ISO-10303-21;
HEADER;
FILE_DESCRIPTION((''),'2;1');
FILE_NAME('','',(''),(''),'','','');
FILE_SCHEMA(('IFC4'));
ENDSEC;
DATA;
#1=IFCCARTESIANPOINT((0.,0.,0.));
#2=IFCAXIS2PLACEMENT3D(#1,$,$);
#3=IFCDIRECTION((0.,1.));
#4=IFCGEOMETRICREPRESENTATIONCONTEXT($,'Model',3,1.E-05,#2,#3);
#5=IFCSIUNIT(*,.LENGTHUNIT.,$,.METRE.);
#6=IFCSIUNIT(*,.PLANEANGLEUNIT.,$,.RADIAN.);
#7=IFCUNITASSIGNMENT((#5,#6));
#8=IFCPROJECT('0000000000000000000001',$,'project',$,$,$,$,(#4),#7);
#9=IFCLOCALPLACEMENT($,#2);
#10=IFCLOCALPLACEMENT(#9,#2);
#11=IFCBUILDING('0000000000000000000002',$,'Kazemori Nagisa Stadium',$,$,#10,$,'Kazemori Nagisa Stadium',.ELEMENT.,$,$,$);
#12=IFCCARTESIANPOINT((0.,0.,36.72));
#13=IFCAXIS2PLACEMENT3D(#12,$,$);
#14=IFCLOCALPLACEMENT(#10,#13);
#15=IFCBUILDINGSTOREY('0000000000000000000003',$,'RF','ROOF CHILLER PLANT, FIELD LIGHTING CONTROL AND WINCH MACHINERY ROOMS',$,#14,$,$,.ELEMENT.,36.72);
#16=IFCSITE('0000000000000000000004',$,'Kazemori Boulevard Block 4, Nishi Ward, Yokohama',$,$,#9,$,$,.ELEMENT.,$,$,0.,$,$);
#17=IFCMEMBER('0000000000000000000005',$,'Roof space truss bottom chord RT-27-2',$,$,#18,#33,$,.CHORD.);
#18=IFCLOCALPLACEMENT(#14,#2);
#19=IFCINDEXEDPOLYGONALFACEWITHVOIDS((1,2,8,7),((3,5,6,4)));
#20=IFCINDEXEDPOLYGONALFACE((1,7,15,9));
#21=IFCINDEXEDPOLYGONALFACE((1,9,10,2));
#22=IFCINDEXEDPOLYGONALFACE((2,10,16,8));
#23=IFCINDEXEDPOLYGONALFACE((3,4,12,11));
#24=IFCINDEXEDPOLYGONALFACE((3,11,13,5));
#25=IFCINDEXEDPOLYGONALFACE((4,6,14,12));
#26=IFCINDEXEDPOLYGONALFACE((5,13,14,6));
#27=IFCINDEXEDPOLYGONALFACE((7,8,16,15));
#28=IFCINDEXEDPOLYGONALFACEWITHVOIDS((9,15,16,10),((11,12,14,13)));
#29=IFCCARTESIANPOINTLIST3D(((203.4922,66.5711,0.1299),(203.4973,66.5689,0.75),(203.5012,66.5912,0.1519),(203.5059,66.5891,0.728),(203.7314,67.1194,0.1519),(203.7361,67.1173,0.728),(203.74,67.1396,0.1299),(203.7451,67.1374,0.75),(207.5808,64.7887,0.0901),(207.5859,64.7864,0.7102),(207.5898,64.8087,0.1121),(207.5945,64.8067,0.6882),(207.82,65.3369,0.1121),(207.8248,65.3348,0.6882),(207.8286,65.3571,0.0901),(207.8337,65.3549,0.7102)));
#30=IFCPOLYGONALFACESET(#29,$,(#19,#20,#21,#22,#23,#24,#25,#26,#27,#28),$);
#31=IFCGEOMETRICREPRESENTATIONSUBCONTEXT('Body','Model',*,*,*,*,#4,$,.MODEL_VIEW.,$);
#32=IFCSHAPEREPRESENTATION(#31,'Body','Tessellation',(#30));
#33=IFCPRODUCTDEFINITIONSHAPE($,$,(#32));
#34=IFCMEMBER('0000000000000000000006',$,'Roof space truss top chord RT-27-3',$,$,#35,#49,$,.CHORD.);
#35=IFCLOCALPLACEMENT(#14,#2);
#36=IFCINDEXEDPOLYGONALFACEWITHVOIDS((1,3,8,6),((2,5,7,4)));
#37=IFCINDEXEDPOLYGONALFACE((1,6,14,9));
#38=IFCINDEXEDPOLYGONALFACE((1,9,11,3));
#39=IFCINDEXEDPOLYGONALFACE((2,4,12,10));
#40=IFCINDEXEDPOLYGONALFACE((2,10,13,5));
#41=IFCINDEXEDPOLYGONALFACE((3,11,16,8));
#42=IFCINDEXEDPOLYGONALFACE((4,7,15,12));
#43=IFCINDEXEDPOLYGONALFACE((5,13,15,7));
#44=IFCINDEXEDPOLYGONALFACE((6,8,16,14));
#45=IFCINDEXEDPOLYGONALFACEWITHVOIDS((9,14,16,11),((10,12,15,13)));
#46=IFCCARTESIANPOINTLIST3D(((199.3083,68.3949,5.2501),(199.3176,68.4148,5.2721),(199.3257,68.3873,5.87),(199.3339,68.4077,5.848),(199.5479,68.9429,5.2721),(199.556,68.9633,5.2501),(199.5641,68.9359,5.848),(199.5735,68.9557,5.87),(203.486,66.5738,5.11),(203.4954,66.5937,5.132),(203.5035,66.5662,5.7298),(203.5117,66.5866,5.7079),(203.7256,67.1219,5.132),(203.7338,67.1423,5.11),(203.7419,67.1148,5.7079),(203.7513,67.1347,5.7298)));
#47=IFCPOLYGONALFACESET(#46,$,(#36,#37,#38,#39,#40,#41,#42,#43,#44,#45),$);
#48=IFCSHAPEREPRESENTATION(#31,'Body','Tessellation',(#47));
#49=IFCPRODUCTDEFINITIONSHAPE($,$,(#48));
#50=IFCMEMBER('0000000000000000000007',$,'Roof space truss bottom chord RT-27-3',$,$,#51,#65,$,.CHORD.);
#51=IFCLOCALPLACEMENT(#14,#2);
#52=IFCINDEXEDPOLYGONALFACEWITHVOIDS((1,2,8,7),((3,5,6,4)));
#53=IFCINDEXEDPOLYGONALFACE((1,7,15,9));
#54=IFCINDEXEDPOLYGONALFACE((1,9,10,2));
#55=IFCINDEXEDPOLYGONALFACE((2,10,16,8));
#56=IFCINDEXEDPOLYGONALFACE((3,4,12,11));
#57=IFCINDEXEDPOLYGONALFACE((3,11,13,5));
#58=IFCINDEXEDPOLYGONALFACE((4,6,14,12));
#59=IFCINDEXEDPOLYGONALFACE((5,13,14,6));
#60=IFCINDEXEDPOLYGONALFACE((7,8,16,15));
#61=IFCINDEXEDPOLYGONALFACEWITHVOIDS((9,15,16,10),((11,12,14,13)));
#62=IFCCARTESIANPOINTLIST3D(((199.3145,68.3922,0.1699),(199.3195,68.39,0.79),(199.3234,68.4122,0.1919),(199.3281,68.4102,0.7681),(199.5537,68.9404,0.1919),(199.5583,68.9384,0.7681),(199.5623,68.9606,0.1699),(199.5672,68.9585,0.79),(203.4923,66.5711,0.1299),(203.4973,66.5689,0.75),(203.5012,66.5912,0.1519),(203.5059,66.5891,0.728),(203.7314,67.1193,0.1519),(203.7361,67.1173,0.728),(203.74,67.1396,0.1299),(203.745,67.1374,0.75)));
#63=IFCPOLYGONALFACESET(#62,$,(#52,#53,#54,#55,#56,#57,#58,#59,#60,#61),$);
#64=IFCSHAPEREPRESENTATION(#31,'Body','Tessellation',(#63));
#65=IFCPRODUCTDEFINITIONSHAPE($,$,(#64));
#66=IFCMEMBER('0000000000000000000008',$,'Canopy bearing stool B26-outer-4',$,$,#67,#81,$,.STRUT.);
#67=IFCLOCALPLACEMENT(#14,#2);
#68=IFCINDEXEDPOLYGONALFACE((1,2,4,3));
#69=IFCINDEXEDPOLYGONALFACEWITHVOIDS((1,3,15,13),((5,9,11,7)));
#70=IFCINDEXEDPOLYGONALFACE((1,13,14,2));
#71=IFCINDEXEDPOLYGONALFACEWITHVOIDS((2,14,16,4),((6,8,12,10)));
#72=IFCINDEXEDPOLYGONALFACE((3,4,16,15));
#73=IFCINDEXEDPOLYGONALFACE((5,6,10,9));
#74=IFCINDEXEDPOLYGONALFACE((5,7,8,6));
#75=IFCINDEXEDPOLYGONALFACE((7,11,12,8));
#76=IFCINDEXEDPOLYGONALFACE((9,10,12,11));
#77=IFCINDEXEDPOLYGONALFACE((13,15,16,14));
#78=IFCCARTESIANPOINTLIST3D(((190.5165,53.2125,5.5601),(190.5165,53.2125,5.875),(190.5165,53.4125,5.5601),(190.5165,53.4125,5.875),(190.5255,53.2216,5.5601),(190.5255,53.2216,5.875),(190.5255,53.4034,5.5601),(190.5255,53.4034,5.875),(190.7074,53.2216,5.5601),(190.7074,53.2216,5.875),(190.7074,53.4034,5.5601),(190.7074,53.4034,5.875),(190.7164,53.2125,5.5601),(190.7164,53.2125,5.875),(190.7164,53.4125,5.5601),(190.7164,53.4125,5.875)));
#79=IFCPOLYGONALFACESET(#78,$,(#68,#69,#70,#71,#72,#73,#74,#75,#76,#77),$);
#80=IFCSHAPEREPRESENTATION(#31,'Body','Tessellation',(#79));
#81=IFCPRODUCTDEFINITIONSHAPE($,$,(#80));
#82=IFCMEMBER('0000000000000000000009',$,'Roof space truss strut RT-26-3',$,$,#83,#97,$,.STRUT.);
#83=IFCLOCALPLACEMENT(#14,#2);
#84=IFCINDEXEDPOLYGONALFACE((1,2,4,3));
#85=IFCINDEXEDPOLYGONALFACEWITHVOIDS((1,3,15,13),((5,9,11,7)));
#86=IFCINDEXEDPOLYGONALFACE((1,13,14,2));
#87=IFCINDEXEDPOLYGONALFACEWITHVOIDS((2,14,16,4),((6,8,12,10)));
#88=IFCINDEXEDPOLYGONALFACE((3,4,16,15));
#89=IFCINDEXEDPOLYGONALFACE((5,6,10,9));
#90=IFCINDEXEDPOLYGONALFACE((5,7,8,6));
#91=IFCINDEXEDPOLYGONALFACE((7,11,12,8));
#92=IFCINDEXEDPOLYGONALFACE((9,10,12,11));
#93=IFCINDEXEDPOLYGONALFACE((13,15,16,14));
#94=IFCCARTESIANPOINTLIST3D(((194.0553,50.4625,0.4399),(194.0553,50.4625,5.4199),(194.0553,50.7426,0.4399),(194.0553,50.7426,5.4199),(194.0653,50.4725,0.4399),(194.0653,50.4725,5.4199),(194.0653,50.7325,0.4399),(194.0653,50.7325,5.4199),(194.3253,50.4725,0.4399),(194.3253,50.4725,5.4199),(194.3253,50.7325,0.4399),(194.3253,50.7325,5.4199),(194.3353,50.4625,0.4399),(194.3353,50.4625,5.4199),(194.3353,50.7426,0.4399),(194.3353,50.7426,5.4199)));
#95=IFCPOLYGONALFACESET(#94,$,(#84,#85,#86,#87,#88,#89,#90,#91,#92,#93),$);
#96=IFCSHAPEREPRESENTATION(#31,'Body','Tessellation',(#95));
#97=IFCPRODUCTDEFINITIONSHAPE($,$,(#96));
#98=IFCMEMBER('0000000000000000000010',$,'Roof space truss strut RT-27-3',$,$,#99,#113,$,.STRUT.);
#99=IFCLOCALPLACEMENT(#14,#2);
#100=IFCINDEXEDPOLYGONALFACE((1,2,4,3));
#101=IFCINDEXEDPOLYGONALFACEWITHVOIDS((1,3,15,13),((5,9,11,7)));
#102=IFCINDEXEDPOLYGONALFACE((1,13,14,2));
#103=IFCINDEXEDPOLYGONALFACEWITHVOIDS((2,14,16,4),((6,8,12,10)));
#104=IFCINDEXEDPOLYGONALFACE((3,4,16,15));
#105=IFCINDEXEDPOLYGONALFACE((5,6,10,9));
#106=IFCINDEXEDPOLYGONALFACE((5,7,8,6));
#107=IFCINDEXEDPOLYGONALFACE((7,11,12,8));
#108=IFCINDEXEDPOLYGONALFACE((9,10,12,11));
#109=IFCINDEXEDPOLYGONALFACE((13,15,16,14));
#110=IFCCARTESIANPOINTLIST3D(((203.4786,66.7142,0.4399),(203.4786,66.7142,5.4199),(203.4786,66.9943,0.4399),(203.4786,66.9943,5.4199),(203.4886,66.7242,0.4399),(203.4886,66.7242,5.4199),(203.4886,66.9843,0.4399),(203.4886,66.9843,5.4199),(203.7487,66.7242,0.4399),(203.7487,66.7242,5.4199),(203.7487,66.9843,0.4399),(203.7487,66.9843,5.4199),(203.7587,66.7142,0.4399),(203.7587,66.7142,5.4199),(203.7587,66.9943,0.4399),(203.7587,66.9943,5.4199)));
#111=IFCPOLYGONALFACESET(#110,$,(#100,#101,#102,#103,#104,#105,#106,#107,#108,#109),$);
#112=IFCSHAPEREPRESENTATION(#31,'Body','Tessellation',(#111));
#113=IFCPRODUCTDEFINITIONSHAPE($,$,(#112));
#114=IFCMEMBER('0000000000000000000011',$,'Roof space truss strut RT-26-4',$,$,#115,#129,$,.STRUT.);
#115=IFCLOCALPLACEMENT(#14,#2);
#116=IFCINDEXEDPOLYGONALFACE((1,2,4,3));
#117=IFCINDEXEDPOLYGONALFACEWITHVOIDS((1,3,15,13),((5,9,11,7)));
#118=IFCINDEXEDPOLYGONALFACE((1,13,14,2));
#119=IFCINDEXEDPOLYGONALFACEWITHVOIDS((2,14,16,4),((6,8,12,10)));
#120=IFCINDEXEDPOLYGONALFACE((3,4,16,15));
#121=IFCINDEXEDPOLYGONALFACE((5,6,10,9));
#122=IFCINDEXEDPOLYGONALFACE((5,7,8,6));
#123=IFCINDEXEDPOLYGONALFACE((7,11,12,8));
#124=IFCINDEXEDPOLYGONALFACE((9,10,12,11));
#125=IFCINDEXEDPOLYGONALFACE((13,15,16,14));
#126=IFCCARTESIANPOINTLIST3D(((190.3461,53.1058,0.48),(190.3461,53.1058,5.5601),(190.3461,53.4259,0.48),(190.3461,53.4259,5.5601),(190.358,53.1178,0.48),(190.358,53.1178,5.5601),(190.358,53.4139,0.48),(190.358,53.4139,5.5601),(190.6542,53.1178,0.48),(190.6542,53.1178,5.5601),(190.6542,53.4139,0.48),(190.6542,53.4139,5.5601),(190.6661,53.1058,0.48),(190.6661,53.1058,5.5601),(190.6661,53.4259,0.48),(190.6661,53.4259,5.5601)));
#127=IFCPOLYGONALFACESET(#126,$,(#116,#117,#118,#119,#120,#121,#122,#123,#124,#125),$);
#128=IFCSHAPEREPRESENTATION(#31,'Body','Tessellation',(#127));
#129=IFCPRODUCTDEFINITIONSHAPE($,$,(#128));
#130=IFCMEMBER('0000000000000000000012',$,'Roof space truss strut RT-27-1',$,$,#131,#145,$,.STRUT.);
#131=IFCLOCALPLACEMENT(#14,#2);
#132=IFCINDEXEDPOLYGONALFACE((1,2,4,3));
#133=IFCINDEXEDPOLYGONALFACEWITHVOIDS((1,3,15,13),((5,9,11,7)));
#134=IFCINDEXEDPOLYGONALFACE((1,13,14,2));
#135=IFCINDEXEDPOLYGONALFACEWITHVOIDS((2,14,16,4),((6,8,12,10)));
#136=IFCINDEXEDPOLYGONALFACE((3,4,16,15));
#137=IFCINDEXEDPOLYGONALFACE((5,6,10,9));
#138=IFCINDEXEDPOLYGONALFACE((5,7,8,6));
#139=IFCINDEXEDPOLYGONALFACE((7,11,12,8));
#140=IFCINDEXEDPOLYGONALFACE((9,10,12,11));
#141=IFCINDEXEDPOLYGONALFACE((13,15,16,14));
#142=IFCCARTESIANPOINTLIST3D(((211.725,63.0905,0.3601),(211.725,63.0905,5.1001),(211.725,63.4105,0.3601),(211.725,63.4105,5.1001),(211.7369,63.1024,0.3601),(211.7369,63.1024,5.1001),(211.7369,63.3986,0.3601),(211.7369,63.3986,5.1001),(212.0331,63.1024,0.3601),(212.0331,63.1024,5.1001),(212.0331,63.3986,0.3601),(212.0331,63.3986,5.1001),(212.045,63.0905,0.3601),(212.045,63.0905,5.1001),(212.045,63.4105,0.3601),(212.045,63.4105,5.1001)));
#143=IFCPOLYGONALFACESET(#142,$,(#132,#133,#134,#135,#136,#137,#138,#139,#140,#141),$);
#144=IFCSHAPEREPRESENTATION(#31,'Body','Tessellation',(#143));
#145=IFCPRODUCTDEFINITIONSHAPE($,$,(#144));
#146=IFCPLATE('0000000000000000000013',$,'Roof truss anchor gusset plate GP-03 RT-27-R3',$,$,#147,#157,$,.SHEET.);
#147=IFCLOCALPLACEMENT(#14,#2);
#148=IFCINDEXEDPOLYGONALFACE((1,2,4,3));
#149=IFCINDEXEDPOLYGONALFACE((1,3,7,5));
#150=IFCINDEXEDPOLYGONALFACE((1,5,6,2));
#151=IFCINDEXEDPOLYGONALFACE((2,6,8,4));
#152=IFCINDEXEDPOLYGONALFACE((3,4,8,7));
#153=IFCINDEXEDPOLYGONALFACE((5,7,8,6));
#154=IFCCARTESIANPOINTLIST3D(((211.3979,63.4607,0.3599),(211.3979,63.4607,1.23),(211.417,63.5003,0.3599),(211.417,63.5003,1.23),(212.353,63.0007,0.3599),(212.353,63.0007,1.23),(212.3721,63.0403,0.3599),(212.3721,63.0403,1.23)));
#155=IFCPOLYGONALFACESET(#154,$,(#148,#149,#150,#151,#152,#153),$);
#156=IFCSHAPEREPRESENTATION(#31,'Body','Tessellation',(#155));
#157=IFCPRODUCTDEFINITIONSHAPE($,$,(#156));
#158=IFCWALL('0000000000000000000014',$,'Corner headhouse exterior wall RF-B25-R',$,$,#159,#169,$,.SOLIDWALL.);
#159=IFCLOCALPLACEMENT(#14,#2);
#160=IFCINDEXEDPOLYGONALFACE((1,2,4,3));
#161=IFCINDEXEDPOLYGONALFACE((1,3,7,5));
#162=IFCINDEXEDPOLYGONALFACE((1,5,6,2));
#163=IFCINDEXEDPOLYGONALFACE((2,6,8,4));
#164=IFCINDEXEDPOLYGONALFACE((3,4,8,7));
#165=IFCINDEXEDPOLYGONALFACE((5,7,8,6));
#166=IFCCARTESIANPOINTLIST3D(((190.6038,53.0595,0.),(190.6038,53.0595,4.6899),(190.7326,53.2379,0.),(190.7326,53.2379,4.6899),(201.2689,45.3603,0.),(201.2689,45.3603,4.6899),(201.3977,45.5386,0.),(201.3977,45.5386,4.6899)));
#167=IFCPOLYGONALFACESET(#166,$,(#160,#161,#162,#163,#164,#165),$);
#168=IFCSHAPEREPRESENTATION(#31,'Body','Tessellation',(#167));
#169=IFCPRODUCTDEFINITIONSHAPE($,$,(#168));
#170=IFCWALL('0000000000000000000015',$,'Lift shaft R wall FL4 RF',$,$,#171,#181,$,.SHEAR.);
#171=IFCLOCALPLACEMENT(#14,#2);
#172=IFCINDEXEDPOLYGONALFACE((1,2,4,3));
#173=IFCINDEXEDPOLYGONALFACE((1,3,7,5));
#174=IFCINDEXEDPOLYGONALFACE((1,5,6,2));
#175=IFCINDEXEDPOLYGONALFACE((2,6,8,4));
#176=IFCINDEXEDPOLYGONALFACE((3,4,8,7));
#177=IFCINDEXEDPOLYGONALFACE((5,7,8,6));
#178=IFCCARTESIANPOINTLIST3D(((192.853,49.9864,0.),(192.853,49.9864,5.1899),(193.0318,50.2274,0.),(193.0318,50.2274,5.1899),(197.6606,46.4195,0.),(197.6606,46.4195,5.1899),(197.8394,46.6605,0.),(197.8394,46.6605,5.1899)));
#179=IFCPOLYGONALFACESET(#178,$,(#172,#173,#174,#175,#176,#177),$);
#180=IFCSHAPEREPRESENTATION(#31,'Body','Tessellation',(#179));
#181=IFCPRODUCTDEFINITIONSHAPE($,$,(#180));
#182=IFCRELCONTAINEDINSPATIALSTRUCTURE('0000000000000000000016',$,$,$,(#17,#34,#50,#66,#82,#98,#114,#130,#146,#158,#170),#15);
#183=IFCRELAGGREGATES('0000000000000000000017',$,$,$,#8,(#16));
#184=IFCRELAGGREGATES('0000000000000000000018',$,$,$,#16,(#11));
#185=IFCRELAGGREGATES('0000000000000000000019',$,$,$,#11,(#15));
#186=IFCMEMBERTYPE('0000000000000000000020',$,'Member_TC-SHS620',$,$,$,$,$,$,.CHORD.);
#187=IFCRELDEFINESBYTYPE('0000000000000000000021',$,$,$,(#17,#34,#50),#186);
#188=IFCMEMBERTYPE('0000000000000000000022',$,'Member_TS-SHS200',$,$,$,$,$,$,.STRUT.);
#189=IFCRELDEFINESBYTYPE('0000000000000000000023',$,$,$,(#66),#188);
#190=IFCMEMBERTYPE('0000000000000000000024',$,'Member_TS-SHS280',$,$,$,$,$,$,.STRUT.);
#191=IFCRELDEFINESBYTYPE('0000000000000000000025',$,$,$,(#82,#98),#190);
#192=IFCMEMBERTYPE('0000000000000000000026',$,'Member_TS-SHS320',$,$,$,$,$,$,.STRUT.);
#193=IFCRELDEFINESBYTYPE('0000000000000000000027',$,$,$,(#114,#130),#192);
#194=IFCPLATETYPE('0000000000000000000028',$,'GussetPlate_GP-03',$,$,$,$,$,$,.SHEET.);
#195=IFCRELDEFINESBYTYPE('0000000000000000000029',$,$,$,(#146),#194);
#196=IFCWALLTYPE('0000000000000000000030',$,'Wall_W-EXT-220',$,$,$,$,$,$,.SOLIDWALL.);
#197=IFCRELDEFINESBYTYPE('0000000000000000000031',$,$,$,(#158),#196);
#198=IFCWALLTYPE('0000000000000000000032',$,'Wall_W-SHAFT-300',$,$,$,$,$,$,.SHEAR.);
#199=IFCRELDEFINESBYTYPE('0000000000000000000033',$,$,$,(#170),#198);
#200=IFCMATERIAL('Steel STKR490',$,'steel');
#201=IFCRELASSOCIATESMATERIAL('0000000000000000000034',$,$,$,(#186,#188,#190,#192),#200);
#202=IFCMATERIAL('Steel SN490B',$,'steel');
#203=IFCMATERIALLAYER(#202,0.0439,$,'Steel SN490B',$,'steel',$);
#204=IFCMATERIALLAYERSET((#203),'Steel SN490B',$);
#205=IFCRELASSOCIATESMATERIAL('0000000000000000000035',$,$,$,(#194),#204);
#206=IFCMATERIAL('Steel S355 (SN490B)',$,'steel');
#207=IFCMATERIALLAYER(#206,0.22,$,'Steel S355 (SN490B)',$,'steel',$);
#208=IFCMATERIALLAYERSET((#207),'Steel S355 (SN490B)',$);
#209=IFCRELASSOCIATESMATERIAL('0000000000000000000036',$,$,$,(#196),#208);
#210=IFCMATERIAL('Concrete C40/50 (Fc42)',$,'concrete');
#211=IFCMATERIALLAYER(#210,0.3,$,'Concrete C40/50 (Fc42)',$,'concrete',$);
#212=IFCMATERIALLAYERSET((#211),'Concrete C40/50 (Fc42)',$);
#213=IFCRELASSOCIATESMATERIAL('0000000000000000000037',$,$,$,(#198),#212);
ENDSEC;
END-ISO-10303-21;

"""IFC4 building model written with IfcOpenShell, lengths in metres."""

from ifc_helpers import new_model, si_unit, direction, frame, frame_2d, origin, origin_2d, place, context, subcontext, project, spatial, rectangle, hollow_rectangle, extrude, material, layer, layer_set, material_profile, profile_set, type_object, element, save


model = new_model("IFC4")

# Units and contexts
model_context = context("Model", 3, precision=1e-05, world=origin(), true_north=direction((0.0, 1.0)))
body_context = subcontext(model_context, "Body", "Model", "MODEL_VIEW")
ifc_project = project(units=[si_unit("LENGTHUNIT", "METRE"), si_unit("PLANEANGLEUNIT", "RADIAN")], contexts=[model_context])

# Site, building, storey
site_placement = place(None, origin())
site = spatial("IfcSite", under=ifc_project, at=site_placement, Name="Kazemori Boulevard Block 4, Nishi Ward, Yokohama", CompositionType="ELEMENT", RefElevation=0.0)
building_placement = place(site_placement, origin())
building = spatial("IfcBuilding", under=site, at=building_placement, Name="Kazemori Nagisa Stadium", LongName="Kazemori Nagisa Stadium", CompositionType="ELEMENT")
storey_placement = place(building_placement, frame((0.0, 0.0, 36.72)))
storey = spatial("IfcBuildingStorey", under=building, at=storey_placement, Name="RF", Description="ROOF CHILLER PLANT, FIELD LIGHTING CONTROL AND WINCH MACHINERY ROOMS", CompositionType="ELEMENT", Elevation=36.72)

# Shared definitions
ifc_material_1 = material(Name="Steel SN490B", Category="steel")

# Members
ifc_material_2 = material(Name="Steel STKR490", Category="steel")
ifc_material_profile_1 = material_profile(ifc_material_2, hollow_rectangle(XDim=0.6201, YDim=0.6201, WallThickness=0.022, at=origin_2d()), Name="SHS-620x620x22")
ifc_profile_set_1 = profile_set([ifc_material_profile_1], Name="Steel STKR490")
member_type_1 = type_object("IfcMemberType", Name="Member_TC-SHS620", PredefinedType="CHORD", material=ifc_profile_set_1)
member_1_placement = place(storey_placement, frame((207.7073, 65.0718, 0.4001), z_axis=(-0.916639, 0.399617, 0.008922), x_axis=(-0.399633, -0.916675, 0.0)))
element("IfcMember", 1, at=member_1_placement, inside=storey, type_object=member_type_1, Name="Roof space truss bottom chord RT-27-2", PredefinedType="CHORD", context=body_context, shape_type="SweptSolid", body=[
    extrude(hollow_rectangle(XDim=0.6201, YDim=0.6201, WallThickness=0.022, at=origin_2d()), origin(), (0.0, 0.0, 1.0), 4.4604),
])
member_2_placement = place(storey_placement, frame((203.6187, 66.8542, 5.4199), z_axis=(-0.916264, 0.399393, 0.030735), x_axis=(-0.399582, -0.916697, 0.0)))
element("IfcMember", 2, at=member_2_placement, inside=storey, type_object=member_type_1, Name="Roof space truss top chord RT-27-3", PredefinedType="CHORD", context=body_context, shape_type="SweptSolid", body=[
    extrude(hollow_rectangle(XDim=0.6201, YDim=0.6201, WallThickness=0.022, at=origin_2d()), origin(), (0.0, 0.0, 1.0), 4.5596),
])
member_3_placement = place(storey_placement, frame((203.6187, 66.8542, 0.4399), z_axis=(-0.916662, 0.399567, 0.008785), x_axis=(-0.399582, -0.916697, 0.0)))
element("IfcMember", 3, at=member_3_placement, inside=storey, type_object=member_type_1, Name="Roof space truss bottom chord RT-27-3", PredefinedType="CHORD", context=body_context, shape_type="SweptSolid", body=[
    extrude(hollow_rectangle(XDim=0.6201, YDim=0.6201, WallThickness=0.022, at=origin_2d()), origin(), (0.0, 0.0, 1.0), 4.5576),
])
ifc_material_profile_2 = material_profile(ifc_material_2, hollow_rectangle(XDim=0.2, YDim=0.2, WallThickness=0.009, at=origin_2d()), Name="SHS-200x200x9")
ifc_profile_set_2 = profile_set([ifc_material_profile_2], Name="Steel STKR490")
member_type_2 = type_object("IfcMemberType", Name="Member_TS-SHS200", PredefinedType="STRUT", material=ifc_profile_set_2)
member_4_placement = place(storey_placement, frame((190.6165, 53.3125, 5.5601), z_axis=(0.0, 0.0, 1.0), x_axis=(1.0, 0.0, 0.0)))
element("IfcMember", 4, at=member_4_placement, inside=storey, type_object=member_type_2, Name="Canopy bearing stool B26-outer-4", PredefinedType="STRUT", context=body_context, shape_type="SweptSolid", body=[
    extrude(hollow_rectangle(XDim=0.2, YDim=0.2, WallThickness=0.009, at=origin_2d()), origin(), (0.0, 0.0, 1.0), 0.3149),
])
ifc_material_profile_3 = material_profile(ifc_material_2, hollow_rectangle(XDim=0.28, YDim=0.28, WallThickness=0.01, at=origin_2d()), Name="SHS-280x280x10")
ifc_profile_set_3 = profile_set([ifc_material_profile_3], Name="Steel STKR490")
member_type_3 = type_object("IfcMemberType", Name="Member_TS-SHS280", PredefinedType="STRUT", material=ifc_profile_set_3)
for number, where, z_axis, x_axis, name in (
    (5, (194.1953, 50.6025, 0.4399), (0.0, 0.0, 1.0), (1.0, 0.0, 0.0), "Roof space truss strut RT-26-3"),
    (6, (203.6187, 66.8542, 0.4399), (0.0, 0.0, 1.0), (1.0, 0.0, 0.0), "Roof space truss strut RT-27-3"),
):
    element("IfcMember", number, at=place(storey_placement, frame(where, z_axis=z_axis, x_axis=x_axis)), inside=storey, type_object=member_type_3, Name=name, PredefinedType="STRUT", context=body_context, shape_type="SweptSolid", body=[
        extrude(hollow_rectangle(XDim=0.28, YDim=0.28, WallThickness=0.01, at=origin_2d()), origin(), (0.0, 0.0, 1.0), 4.98),
    ])
ifc_material_profile_4 = material_profile(ifc_material_2, hollow_rectangle(XDim=0.3201, YDim=0.3201, WallThickness=0.012, at=origin_2d()), Name="SHS-320x320x12")
ifc_profile_set_4 = profile_set([ifc_material_profile_4], Name="Steel STKR490")
member_type_4 = type_object("IfcMemberType", Name="Member_TS-SHS320", PredefinedType="STRUT", material=ifc_profile_set_4)
member_5_placement = place(storey_placement, frame((190.5061, 53.2659, 0.48), z_axis=(0.0, 0.0, 1.0), x_axis=(1.0, 0.0, 0.0)))
element("IfcMember", 7, at=member_5_placement, inside=storey, type_object=member_type_4, Name="Roof space truss strut RT-26-4", PredefinedType="STRUT", context=body_context, shape_type="SweptSolid", body=[
    extrude(hollow_rectangle(XDim=0.3201, YDim=0.3201, WallThickness=0.012, at=origin_2d()), origin(), (0.0, 0.0, 1.0), 5.0801),
])
member_6_placement = place(storey_placement, frame((211.885, 63.2505, 0.3601), z_axis=(0.0, 0.0, 1.0), x_axis=(1.0, 0.0, 0.0)))
element("IfcMember", 8, at=member_6_placement, inside=storey, type_object=member_type_4, Name="Roof space truss strut RT-27-1", PredefinedType="STRUT", context=body_context, shape_type="SweptSolid", body=[
    extrude(hollow_rectangle(XDim=0.3201, YDim=0.3201, WallThickness=0.012, at=origin_2d()), origin(), (0.0, 0.0, 1.0), 4.74),
])

# Plate
ifc_layer_1 = layer(ifc_material_1, 0.0439, Name="Steel SN490B", Category="steel")
ifc_layer_set_1 = layer_set([ifc_layer_1], Name="Steel SN490B")
plate_type = type_object("IfcPlateType", Name="GussetPlate_GP-03", PredefinedType="SHEET", material=ifc_layer_set_1)
plate_placement = place(storey_placement, frame((211.885, 63.2505, 0.3599), z_axis=(0.0, 0.0, 1.0), x_axis=(0.900969, -0.433884, 0.0)))
element("IfcPlate", 9, at=plate_placement, inside=storey, type_object=plate_type, Name="Roof truss anchor gusset plate GP-03 RT-27-R3", PredefinedType="SHEET", context=body_context, shape_type="SweptSolid", body=[
    extrude(rectangle(XDim=1.0601, YDim=0.0439, at=origin_2d()), origin(), (0.0, 0.0, 1.0), 0.8701),
])

# Walls
ifc_material_3 = material(Name="Steel S355 (SN490B)", Category="steel")
ifc_layer_2 = layer(ifc_material_3, 0.22, Name="Steel S355 (SN490B)", Category="steel")
ifc_layer_set_2 = layer_set([ifc_layer_2], Name="Steel S355 (SN490B)")
wall_type_1 = type_object("IfcWallType", Name="Wall_W-EXT-220", PredefinedType="SOLIDWALL", material=ifc_layer_set_2)
wall_1_placement = place(storey_placement, frame((190.6682, 53.1487, 0.0), z_axis=(0.0, 0.0, 1.0), x_axis=(0.810799, -0.585325, 0.0)))
element("IfcWall", 10, at=wall_1_placement, inside=storey, type_object=wall_type_1, Name="Corner headhouse exterior wall RF-B25-R", PredefinedType="SOLIDWALL", context=body_context, shape_type="SweptSolid", body=[
    extrude(rectangle(XDim=13.1538, YDim=0.22, at=frame_2d((6.5769, 0.0))), origin(), (0.0, 0.0, 1.0), 4.6899),
])
ifc_material_4 = material(Name="Concrete C40/50 (Fc42)", Category="concrete")
ifc_layer_3 = layer(ifc_material_4, 0.3, Name="Concrete C40/50 (Fc42)", Category="concrete")
ifc_layer_set_3 = layer_set([ifc_layer_3], Name="Concrete C40/50 (Fc42)")
wall_type_2 = type_object("IfcWallType", Name="Wall_W-SHAFT-300", PredefinedType="SHEAR", material=ifc_layer_set_3)
wall_2_placement = place(storey_placement, frame((192.9424, 50.1069, 0.0), z_axis=(0.0, 0.0, 1.0), x_axis=(0.803102, -0.595842, 0.0)))
element("IfcWall", 11, at=wall_2_placement, inside=storey, type_object=wall_type_2, Name="Lift shaft R wall FL4 RF", PredefinedType="SHEAR", context=body_context, shape_type="SweptSolid", body=[
    extrude(rectangle(XDim=5.9863, YDim=0.3, at=frame_2d((2.9932, 0.0))), origin(), (0.0, 0.0, 1.0), 5.1899),
])

save(model, "model.ifc")
